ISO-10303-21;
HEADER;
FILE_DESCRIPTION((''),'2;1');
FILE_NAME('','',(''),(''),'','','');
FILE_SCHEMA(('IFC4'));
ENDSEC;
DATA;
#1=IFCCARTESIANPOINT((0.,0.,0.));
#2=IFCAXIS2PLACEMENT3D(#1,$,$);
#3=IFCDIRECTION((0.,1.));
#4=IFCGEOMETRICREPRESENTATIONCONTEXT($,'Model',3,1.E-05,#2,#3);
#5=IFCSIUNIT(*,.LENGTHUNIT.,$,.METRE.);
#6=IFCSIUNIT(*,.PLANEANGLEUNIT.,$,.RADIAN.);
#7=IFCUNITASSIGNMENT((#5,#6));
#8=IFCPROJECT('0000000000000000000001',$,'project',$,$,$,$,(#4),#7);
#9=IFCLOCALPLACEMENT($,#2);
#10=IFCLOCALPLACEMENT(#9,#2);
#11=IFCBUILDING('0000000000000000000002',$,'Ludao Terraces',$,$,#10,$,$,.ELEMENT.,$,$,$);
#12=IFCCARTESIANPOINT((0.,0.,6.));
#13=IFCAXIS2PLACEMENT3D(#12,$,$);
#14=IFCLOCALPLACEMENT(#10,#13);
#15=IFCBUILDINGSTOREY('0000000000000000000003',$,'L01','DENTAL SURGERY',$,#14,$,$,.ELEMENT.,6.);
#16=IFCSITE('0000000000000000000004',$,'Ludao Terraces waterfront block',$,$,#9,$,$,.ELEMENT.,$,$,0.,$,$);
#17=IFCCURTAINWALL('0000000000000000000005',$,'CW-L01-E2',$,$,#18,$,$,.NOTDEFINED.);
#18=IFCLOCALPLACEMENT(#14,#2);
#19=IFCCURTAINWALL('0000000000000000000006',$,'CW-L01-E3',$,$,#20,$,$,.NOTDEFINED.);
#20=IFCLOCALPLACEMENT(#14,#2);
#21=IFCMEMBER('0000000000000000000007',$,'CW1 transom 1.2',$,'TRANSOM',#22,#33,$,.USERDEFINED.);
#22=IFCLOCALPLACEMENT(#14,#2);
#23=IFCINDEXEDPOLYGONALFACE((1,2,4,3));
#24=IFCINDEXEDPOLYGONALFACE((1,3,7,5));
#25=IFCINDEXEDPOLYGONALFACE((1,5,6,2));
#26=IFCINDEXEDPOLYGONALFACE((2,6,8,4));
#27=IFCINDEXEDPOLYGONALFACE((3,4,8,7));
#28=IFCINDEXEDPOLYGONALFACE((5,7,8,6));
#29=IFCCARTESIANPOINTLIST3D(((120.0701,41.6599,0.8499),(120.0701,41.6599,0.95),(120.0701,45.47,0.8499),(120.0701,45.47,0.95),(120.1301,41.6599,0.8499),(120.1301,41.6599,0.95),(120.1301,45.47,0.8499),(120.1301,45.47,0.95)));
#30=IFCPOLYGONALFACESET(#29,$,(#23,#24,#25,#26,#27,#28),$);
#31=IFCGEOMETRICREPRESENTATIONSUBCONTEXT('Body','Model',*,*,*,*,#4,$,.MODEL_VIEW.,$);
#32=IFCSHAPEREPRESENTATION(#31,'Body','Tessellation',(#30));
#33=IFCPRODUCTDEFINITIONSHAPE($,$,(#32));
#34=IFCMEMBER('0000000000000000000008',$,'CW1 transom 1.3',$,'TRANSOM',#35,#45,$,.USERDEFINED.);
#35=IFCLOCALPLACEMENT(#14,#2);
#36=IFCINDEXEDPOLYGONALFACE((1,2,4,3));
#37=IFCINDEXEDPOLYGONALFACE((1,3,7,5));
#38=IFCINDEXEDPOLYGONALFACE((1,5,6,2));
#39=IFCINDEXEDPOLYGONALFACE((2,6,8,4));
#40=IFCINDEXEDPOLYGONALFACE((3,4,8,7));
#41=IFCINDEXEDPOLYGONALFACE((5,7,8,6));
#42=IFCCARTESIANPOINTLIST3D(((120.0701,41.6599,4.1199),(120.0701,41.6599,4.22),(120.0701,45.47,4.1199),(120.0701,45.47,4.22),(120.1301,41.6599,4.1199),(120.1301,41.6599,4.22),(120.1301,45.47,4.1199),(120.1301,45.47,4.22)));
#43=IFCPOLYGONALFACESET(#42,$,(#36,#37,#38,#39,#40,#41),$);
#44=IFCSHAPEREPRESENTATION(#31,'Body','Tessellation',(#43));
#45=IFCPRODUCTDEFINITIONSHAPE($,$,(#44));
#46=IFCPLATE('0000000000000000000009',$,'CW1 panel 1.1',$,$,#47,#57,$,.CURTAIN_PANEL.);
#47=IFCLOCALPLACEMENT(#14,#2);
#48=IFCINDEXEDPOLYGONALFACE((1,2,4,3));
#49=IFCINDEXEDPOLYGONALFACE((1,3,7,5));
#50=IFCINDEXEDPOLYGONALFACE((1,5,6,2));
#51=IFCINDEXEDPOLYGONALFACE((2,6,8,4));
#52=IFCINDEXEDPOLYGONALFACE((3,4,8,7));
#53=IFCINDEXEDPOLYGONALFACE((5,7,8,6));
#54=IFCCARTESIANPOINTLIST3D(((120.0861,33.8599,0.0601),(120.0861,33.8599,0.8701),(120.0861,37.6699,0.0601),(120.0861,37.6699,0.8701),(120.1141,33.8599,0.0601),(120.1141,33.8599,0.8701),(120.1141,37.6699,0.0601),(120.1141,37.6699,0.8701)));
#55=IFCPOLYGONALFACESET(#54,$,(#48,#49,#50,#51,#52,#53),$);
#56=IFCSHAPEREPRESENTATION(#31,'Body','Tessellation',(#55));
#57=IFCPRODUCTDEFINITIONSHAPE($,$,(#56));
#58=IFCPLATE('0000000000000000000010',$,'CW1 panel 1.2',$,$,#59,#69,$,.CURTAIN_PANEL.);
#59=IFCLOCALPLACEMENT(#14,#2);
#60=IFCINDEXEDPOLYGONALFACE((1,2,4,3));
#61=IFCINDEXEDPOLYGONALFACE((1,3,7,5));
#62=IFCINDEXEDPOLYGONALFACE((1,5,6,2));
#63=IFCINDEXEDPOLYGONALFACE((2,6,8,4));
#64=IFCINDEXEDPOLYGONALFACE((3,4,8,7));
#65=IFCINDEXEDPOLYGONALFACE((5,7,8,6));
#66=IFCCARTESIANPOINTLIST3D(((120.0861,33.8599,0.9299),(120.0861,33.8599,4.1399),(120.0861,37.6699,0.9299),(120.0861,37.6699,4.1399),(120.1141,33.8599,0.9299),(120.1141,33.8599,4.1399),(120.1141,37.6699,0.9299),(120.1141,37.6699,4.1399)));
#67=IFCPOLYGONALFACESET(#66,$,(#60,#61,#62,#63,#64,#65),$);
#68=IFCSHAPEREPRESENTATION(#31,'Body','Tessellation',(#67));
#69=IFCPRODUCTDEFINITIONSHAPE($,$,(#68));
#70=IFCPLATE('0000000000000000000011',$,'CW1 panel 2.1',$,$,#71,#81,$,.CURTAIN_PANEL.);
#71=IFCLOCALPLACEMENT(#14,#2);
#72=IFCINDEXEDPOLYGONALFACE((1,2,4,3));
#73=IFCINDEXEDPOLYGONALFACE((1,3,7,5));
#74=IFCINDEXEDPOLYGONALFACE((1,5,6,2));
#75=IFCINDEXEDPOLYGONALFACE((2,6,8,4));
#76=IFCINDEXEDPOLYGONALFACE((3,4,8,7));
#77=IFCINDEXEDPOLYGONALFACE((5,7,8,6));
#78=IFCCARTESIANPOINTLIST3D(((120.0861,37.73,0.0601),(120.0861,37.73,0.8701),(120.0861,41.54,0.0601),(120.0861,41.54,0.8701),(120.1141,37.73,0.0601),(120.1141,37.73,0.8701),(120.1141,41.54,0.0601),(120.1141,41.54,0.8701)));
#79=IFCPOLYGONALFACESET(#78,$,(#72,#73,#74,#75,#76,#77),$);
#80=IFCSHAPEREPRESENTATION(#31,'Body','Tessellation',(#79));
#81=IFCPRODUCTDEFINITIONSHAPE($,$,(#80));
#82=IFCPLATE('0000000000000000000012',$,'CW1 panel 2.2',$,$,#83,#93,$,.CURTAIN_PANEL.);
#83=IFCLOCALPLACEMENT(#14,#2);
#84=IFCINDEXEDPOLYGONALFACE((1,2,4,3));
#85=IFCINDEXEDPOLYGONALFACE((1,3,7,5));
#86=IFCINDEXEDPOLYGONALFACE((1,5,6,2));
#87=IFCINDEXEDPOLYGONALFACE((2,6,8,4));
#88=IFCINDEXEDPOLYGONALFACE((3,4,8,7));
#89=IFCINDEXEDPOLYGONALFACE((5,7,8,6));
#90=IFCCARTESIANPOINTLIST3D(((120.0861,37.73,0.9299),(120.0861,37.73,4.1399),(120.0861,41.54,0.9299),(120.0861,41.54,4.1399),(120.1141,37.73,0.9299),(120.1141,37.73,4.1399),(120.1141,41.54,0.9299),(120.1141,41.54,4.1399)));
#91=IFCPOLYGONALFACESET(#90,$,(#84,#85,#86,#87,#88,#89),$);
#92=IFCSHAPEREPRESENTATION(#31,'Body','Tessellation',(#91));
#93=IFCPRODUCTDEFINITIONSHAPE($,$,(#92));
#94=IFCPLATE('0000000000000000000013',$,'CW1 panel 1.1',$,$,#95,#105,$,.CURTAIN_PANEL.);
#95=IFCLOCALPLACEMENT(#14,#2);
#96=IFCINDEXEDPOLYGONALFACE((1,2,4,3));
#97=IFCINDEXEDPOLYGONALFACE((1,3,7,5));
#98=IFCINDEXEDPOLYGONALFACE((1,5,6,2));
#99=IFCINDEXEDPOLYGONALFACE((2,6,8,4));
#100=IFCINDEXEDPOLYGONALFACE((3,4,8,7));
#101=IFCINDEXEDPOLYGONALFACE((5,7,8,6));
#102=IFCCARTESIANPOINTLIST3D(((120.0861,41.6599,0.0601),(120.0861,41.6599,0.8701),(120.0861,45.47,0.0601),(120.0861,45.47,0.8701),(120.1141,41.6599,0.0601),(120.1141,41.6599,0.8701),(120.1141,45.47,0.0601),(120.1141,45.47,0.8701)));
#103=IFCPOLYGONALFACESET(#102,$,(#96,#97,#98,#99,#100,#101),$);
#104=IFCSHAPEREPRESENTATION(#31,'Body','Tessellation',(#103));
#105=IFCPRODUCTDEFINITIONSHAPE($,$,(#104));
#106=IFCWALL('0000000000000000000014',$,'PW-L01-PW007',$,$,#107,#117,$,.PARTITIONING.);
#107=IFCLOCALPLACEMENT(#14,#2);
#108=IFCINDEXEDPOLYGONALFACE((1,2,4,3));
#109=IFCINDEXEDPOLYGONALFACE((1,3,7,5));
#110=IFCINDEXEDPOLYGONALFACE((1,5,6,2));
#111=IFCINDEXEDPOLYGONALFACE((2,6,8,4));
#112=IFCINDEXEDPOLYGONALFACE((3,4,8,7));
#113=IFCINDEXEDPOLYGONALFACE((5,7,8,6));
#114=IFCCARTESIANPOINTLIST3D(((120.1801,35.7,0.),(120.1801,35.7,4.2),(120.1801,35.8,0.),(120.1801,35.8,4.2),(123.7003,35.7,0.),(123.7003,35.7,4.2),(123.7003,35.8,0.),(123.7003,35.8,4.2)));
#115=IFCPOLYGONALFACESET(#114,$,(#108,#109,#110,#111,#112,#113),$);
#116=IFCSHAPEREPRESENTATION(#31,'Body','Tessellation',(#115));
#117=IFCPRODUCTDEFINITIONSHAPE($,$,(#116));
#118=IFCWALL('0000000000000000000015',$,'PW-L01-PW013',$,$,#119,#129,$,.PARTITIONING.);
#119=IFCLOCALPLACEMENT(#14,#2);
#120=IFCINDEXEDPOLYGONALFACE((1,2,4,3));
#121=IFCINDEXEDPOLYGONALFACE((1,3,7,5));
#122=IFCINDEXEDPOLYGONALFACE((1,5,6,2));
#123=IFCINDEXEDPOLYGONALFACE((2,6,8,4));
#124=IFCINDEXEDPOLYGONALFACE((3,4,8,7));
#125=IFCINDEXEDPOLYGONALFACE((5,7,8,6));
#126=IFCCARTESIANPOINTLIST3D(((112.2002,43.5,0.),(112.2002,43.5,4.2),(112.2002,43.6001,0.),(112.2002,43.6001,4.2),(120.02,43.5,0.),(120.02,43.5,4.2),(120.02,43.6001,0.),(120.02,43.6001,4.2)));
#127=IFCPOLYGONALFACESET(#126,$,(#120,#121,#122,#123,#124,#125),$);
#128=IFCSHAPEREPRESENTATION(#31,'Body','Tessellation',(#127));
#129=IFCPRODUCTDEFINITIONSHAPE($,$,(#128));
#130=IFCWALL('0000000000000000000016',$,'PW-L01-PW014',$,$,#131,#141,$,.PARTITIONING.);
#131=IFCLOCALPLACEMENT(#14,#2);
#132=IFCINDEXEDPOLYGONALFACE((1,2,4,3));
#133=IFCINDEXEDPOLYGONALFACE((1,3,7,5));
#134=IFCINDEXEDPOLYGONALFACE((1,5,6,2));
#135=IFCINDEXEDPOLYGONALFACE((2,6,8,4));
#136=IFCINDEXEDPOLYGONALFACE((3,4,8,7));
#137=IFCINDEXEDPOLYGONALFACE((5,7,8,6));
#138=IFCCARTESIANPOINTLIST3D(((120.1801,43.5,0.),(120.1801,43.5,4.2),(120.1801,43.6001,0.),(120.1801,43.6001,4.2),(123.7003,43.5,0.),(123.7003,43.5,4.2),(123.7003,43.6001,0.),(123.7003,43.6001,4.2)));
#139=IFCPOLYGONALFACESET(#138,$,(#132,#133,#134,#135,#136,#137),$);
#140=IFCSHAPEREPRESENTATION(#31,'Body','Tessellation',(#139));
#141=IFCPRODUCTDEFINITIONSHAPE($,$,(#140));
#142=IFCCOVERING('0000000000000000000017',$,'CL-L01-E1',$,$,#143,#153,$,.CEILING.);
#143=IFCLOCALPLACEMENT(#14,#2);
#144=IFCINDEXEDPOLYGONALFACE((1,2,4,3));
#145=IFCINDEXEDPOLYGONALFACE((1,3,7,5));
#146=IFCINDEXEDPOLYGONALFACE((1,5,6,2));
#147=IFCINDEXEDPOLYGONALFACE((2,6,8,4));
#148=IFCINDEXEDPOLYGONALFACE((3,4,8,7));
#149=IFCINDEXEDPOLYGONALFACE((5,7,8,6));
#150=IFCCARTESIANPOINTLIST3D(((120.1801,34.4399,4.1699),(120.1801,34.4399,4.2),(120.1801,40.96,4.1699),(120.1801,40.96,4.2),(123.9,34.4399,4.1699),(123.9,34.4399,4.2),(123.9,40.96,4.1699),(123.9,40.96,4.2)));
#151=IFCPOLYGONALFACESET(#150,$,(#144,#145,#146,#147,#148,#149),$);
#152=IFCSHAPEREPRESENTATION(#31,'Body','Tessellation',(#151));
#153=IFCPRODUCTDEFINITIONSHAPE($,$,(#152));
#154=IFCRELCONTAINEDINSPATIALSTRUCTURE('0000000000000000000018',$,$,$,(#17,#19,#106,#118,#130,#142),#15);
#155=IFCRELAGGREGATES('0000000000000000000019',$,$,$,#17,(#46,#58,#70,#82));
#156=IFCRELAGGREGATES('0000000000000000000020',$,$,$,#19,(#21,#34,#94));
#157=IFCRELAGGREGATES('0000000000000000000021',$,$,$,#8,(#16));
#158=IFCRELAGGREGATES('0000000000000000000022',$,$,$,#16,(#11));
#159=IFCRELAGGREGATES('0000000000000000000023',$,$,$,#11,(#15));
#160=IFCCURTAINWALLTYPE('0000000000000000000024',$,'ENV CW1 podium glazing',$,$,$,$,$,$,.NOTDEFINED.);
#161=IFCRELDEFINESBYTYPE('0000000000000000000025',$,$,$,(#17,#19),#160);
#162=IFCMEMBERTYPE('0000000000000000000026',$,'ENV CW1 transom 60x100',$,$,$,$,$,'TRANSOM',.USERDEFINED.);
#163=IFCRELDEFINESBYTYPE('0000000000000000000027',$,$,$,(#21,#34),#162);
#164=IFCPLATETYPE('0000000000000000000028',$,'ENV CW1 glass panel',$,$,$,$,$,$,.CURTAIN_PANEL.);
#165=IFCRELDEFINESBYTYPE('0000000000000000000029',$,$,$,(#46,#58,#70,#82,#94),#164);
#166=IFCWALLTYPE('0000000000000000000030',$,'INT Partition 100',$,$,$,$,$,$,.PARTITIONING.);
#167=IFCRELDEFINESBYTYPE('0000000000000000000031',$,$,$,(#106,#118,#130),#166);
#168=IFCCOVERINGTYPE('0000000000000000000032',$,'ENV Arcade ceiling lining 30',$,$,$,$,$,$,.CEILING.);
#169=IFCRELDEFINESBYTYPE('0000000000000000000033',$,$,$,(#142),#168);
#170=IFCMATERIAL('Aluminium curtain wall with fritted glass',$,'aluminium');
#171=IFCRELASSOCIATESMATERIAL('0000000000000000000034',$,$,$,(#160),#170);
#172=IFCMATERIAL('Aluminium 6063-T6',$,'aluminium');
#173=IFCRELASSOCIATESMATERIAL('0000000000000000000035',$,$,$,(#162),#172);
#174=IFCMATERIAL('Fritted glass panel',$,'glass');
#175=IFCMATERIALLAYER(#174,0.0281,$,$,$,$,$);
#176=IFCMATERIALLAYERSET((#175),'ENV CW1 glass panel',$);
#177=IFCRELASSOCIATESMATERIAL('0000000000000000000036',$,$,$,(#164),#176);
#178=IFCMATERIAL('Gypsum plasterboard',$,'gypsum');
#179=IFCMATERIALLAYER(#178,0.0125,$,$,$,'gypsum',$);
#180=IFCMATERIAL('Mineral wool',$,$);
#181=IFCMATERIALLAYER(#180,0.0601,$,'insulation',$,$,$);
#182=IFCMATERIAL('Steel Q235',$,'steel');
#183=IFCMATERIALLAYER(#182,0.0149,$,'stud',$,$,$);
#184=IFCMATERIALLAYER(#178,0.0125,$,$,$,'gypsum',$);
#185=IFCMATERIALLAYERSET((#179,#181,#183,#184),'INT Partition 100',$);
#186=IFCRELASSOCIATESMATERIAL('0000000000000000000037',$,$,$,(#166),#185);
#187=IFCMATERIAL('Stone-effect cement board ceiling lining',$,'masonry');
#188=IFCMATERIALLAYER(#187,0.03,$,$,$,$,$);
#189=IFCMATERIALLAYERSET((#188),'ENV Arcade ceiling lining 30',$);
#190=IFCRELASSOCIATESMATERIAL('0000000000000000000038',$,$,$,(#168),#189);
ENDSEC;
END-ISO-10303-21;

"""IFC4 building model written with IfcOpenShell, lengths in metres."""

from ifc_helpers import new_model, si_unit, direction, frame, frame_2d, origin, origin_2d, place, context, subcontext, project, spatial, rectangle, extrude, material, layer, layer_set, material_profile, profile_set, type_object, element, aggregate, save


model = new_model("IFC4")

# Units and contexts
model_context = context("Model", 3, precision=1e-05, world=origin(), true_north=direction((0.0, 1.0)))
body_context = subcontext(model_context, "Body", "Model", "MODEL_VIEW")
ifc_project = project(units=[si_unit("LENGTHUNIT", "METRE"), si_unit("PLANEANGLEUNIT", "RADIAN")], contexts=[model_context])

# Site, building, storey
site_placement = place(None, origin())
site = spatial("IfcSite", under=ifc_project, at=site_placement, Name="Ludao Terraces waterfront block", CompositionType="ELEMENT", RefElevation=0.0)
building_placement = place(site_placement, origin())
building = spatial("IfcBuilding", under=site, at=building_placement, Name="Ludao Terraces", CompositionType="ELEMENT")
storey_placement = place(building_placement, frame((0.0, 0.0, 6.0)))
storey = spatial("IfcBuildingStorey", under=building, at=storey_placement, Name="L01", Description="DENTAL SURGERY", CompositionType="ELEMENT", Elevation=6.0)

# Curtain wall
ifc_material_1 = material(Name="Aluminium curtain wall with fritted glass", Category="aluminium")
curtain_wall_type = type_object("IfcCurtainWallType", Name="ENV CW1 podium glazing", PredefinedType="NOTDEFINED", material=ifc_material_1)
curtain_wall_1_placement = place(storey_placement, origin())
curtain_wall_1 = element("IfcCurtainWall", 1, at=curtain_wall_1_placement, inside=storey, type_object=curtain_wall_type, Name="CW-L01-E2", PredefinedType="NOTDEFINED")
ifc_material_2 = material(Name="Aluminium 6063-T6", Category="aluminium")

# Curtain wall
curtain_wall_2_placement = place(storey_placement, origin())
curtain_wall_2 = element("IfcCurtainWall", 2, at=curtain_wall_2_placement, inside=storey, type_object=curtain_wall_type, Name="CW-L01-E3", PredefinedType="NOTDEFINED")

# Members
ifc_material_profile_1 = material_profile(ifc_material_2, rectangle(XDim=0.0601, YDim=0.1001, at=origin_2d()), Name="60 X 100")
ifc_profile_set_1 = profile_set([ifc_material_profile_1], Name="Aluminium 6063-T6")
member_type_1 = type_object("IfcMemberType", Name="ENV CW1 transom 60x100", ElementType="TRANSOM", PredefinedType="USERDEFINED", material=ifc_profile_set_1)
member_1_placement = place(storey_placement, frame((120.1001, 41.6599, 0.8999), z_axis=(0.0, 1.0, 0.0), x_axis=(-1.0, 0.0, 0.0)))
member_1 = element("IfcMember", 3, at=member_1_placement, type_object=member_type_1, Name="CW1 transom 1.2", ObjectType="TRANSOM", PredefinedType="USERDEFINED", context=body_context, shape_type="SweptSolid", body=[
    extrude(rectangle(XDim=0.0601, YDim=0.1001, at=origin_2d()), origin(), (0.0, 0.0, 1.0), 3.8101),
])
member_2_placement = place(storey_placement, frame((120.1001, 41.6599, 4.1699), z_axis=(0.0, 1.0, 0.0), x_axis=(-1.0, 0.0, 0.0)))
member_2 = element("IfcMember", 4, at=member_2_placement, type_object=member_type_1, Name="CW1 transom 1.3", ObjectType="TRANSOM", PredefinedType="USERDEFINED", context=body_context, shape_type="SweptSolid", body=[
    extrude(rectangle(XDim=0.0601, YDim=0.1001, at=origin_2d()), origin(), (0.0, 0.0, 1.0), 3.8101),
])

# Plates
ifc_material_3 = material(Name="Fritted glass panel", Category="glass")
ifc_layer_1 = layer(ifc_material_3, 0.0281)
ifc_layer_set_1 = layer_set([ifc_layer_1], Name="ENV CW1 glass panel")
plate_type = type_object("IfcPlateType", Name="ENV CW1 glass panel", PredefinedType="CURTAIN_PANEL", material=ifc_layer_set_1)
plate_1_placement = place(storey_placement, frame((120.1001, 35.7649, 0.0601), z_axis=(0.0, 0.0, 1.0), x_axis=(0.0, 1.0, 0.0)))
plate_1 = element("IfcPlate", 5, at=plate_1_placement, type_object=plate_type, Name="CW1 panel 1.1", PredefinedType="CURTAIN_PANEL", context=body_context, shape_type="SweptSolid", body=[
    extrude(rectangle(XDim=3.8101, YDim=0.0281, at=origin_2d()), origin(), (0.0, 0.0, 1.0), 0.8101),
])
plate_2_placement = place(storey_placement, frame((120.1001, 35.7649, 0.9299), z_axis=(0.0, 0.0, 1.0), x_axis=(0.0, 1.0, 0.0)))
plate_2 = element("IfcPlate", 6, at=plate_2_placement, type_object=plate_type, Name="CW1 panel 1.2", PredefinedType="CURTAIN_PANEL", context=body_context, shape_type="SweptSolid", body=[
    extrude(rectangle(XDim=3.8101, YDim=0.0281, at=origin_2d()), origin(), (0.0, 0.0, 1.0), 3.21),
])
plate_3_placement = place(storey_placement, frame((120.1001, 39.635, 0.0601), z_axis=(0.0, 0.0, 1.0), x_axis=(0.0, 1.0, 0.0)))
plate_3 = element("IfcPlate", 7, at=plate_3_placement, type_object=plate_type, Name="CW1 panel 2.1", PredefinedType="CURTAIN_PANEL", context=body_context, shape_type="SweptSolid", body=[
    extrude(rectangle(XDim=3.8101, YDim=0.0281, at=origin_2d()), origin(), (0.0, 0.0, 1.0), 0.8101),
])
plate_4_placement = place(storey_placement, frame((120.1001, 39.635, 0.9299), z_axis=(0.0, 0.0, 1.0), x_axis=(0.0, 1.0, 0.0)))
plate_4 = element("IfcPlate", 8, at=plate_4_placement, type_object=plate_type, Name="CW1 panel 2.2", PredefinedType="CURTAIN_PANEL", context=body_context, shape_type="SweptSolid", body=[
    extrude(rectangle(XDim=3.8101, YDim=0.0281, at=origin_2d()), origin(), (0.0, 0.0, 1.0), 3.21),
])
aggregate(curtain_wall_1, [plate_1, plate_2, plate_3, plate_4])
plate_5_placement = place(storey_placement, frame((120.1001, 43.5649, 0.0601), z_axis=(0.0, 0.0, 1.0), x_axis=(0.0, 1.0, 0.0)))
plate_5 = element("IfcPlate", 9, at=plate_5_placement, type_object=plate_type, Name="CW1 panel 1.1", PredefinedType="CURTAIN_PANEL", context=body_context, shape_type="SweptSolid", body=[
    extrude(rectangle(XDim=3.8101, YDim=0.0281, at=origin_2d()), origin(), (0.0, 0.0, 1.0), 0.8101),
])
aggregate(curtain_wall_2, [member_1, member_2, plate_5])

# Walls
ifc_material_4 = material(Name="Gypsum plasterboard", Category="gypsum")
ifc_layer_2 = layer(ifc_material_4, 0.0125, Category="gypsum")
ifc_material_5 = material(Name="Mineral wool")
ifc_layer_3 = layer(ifc_material_5, 0.0601, Name="insulation")
ifc_material_6 = material(Name="Steel Q235", Category="steel")
ifc_layer_4 = layer(ifc_material_6, 0.0149, Name="stud")
ifc_layer_5 = layer(ifc_material_4, 0.0125, Category="gypsum")
ifc_layer_set_2 = layer_set([ifc_layer_2, ifc_layer_3, ifc_layer_4, ifc_layer_5], Name="INT Partition 100")
wall_type = type_object("IfcWallType", Name="INT Partition 100", PredefinedType="PARTITIONING", material=ifc_layer_set_2)
wall_1_placement = place(storey_placement, frame((120.1799, 35.75, 0.0), z_axis=(0.0, 0.0, 1.0), x_axis=(1.0, 0.0, 0.0)))
element("IfcWall", 10, at=wall_1_placement, inside=storey, type_object=wall_type, Name="PW-L01-PW007", PredefinedType="PARTITIONING", context=body_context, shape_type="SweptSolid", body=[
    extrude(rectangle(XDim=3.5203, YDim=0.1001, at=frame_2d((1.7603, 0.0))), origin(), (0.0, 0.0, 1.0), 4.2),
])
wall_2_placement = place(storey_placement, frame((112.2002, 43.55, 0.0), z_axis=(0.0, 0.0, 1.0), x_axis=(1.0, 0.0, 0.0)))
element("IfcWall", 11, at=wall_2_placement, inside=storey, type_object=wall_type, Name="PW-L01-PW013", PredefinedType="PARTITIONING", context=body_context, shape_type="SweptSolid", body=[
    extrude(rectangle(XDim=7.8198, YDim=0.1001, at=frame_2d((3.9099, 0.0))), origin(), (0.0, 0.0, 1.0), 4.2),
])
wall_3_placement = place(storey_placement, frame((120.1799, 43.55, 0.0), z_axis=(0.0, 0.0, 1.0), x_axis=(1.0, 0.0, 0.0)))
element("IfcWall", 12, at=wall_3_placement, inside=storey, type_object=wall_type, Name="PW-L01-PW014", PredefinedType="PARTITIONING", context=body_context, shape_type="SweptSolid", body=[
    extrude(rectangle(XDim=3.5203, YDim=0.1001, at=frame_2d((1.7603, 0.0))), origin(), (0.0, 0.0, 1.0), 4.2),
])

# Covering
ifc_material_7 = material(Name="Stone-effect cement board ceiling lining", Category="masonry")
ifc_layer_6 = layer(ifc_material_7, 0.03)
ifc_layer_set_3 = layer_set([ifc_layer_6], Name="ENV Arcade ceiling lining 30")
covering_type = type_object("IfcCoveringType", Name="ENV Arcade ceiling lining 30", PredefinedType="CEILING", material=ifc_layer_set_3)
covering_placement = place(storey_placement, frame((122.04, 37.7, 4.1699), z_axis=(0.0, 0.0, 1.0), x_axis=(1.0, 0.0, 0.0)))
element("IfcCovering", 13, at=covering_placement, inside=storey, type_object=covering_type, Name="CL-L01-E1", PredefinedType="CEILING", context=body_context, shape_type="SweptSolid", body=[
    extrude(rectangle(XDim=3.72, YDim=6.52, at=origin_2d()), origin(), (0.0, 0.0, 1.0), 0.03),
])

save(model, "model.ifc")
